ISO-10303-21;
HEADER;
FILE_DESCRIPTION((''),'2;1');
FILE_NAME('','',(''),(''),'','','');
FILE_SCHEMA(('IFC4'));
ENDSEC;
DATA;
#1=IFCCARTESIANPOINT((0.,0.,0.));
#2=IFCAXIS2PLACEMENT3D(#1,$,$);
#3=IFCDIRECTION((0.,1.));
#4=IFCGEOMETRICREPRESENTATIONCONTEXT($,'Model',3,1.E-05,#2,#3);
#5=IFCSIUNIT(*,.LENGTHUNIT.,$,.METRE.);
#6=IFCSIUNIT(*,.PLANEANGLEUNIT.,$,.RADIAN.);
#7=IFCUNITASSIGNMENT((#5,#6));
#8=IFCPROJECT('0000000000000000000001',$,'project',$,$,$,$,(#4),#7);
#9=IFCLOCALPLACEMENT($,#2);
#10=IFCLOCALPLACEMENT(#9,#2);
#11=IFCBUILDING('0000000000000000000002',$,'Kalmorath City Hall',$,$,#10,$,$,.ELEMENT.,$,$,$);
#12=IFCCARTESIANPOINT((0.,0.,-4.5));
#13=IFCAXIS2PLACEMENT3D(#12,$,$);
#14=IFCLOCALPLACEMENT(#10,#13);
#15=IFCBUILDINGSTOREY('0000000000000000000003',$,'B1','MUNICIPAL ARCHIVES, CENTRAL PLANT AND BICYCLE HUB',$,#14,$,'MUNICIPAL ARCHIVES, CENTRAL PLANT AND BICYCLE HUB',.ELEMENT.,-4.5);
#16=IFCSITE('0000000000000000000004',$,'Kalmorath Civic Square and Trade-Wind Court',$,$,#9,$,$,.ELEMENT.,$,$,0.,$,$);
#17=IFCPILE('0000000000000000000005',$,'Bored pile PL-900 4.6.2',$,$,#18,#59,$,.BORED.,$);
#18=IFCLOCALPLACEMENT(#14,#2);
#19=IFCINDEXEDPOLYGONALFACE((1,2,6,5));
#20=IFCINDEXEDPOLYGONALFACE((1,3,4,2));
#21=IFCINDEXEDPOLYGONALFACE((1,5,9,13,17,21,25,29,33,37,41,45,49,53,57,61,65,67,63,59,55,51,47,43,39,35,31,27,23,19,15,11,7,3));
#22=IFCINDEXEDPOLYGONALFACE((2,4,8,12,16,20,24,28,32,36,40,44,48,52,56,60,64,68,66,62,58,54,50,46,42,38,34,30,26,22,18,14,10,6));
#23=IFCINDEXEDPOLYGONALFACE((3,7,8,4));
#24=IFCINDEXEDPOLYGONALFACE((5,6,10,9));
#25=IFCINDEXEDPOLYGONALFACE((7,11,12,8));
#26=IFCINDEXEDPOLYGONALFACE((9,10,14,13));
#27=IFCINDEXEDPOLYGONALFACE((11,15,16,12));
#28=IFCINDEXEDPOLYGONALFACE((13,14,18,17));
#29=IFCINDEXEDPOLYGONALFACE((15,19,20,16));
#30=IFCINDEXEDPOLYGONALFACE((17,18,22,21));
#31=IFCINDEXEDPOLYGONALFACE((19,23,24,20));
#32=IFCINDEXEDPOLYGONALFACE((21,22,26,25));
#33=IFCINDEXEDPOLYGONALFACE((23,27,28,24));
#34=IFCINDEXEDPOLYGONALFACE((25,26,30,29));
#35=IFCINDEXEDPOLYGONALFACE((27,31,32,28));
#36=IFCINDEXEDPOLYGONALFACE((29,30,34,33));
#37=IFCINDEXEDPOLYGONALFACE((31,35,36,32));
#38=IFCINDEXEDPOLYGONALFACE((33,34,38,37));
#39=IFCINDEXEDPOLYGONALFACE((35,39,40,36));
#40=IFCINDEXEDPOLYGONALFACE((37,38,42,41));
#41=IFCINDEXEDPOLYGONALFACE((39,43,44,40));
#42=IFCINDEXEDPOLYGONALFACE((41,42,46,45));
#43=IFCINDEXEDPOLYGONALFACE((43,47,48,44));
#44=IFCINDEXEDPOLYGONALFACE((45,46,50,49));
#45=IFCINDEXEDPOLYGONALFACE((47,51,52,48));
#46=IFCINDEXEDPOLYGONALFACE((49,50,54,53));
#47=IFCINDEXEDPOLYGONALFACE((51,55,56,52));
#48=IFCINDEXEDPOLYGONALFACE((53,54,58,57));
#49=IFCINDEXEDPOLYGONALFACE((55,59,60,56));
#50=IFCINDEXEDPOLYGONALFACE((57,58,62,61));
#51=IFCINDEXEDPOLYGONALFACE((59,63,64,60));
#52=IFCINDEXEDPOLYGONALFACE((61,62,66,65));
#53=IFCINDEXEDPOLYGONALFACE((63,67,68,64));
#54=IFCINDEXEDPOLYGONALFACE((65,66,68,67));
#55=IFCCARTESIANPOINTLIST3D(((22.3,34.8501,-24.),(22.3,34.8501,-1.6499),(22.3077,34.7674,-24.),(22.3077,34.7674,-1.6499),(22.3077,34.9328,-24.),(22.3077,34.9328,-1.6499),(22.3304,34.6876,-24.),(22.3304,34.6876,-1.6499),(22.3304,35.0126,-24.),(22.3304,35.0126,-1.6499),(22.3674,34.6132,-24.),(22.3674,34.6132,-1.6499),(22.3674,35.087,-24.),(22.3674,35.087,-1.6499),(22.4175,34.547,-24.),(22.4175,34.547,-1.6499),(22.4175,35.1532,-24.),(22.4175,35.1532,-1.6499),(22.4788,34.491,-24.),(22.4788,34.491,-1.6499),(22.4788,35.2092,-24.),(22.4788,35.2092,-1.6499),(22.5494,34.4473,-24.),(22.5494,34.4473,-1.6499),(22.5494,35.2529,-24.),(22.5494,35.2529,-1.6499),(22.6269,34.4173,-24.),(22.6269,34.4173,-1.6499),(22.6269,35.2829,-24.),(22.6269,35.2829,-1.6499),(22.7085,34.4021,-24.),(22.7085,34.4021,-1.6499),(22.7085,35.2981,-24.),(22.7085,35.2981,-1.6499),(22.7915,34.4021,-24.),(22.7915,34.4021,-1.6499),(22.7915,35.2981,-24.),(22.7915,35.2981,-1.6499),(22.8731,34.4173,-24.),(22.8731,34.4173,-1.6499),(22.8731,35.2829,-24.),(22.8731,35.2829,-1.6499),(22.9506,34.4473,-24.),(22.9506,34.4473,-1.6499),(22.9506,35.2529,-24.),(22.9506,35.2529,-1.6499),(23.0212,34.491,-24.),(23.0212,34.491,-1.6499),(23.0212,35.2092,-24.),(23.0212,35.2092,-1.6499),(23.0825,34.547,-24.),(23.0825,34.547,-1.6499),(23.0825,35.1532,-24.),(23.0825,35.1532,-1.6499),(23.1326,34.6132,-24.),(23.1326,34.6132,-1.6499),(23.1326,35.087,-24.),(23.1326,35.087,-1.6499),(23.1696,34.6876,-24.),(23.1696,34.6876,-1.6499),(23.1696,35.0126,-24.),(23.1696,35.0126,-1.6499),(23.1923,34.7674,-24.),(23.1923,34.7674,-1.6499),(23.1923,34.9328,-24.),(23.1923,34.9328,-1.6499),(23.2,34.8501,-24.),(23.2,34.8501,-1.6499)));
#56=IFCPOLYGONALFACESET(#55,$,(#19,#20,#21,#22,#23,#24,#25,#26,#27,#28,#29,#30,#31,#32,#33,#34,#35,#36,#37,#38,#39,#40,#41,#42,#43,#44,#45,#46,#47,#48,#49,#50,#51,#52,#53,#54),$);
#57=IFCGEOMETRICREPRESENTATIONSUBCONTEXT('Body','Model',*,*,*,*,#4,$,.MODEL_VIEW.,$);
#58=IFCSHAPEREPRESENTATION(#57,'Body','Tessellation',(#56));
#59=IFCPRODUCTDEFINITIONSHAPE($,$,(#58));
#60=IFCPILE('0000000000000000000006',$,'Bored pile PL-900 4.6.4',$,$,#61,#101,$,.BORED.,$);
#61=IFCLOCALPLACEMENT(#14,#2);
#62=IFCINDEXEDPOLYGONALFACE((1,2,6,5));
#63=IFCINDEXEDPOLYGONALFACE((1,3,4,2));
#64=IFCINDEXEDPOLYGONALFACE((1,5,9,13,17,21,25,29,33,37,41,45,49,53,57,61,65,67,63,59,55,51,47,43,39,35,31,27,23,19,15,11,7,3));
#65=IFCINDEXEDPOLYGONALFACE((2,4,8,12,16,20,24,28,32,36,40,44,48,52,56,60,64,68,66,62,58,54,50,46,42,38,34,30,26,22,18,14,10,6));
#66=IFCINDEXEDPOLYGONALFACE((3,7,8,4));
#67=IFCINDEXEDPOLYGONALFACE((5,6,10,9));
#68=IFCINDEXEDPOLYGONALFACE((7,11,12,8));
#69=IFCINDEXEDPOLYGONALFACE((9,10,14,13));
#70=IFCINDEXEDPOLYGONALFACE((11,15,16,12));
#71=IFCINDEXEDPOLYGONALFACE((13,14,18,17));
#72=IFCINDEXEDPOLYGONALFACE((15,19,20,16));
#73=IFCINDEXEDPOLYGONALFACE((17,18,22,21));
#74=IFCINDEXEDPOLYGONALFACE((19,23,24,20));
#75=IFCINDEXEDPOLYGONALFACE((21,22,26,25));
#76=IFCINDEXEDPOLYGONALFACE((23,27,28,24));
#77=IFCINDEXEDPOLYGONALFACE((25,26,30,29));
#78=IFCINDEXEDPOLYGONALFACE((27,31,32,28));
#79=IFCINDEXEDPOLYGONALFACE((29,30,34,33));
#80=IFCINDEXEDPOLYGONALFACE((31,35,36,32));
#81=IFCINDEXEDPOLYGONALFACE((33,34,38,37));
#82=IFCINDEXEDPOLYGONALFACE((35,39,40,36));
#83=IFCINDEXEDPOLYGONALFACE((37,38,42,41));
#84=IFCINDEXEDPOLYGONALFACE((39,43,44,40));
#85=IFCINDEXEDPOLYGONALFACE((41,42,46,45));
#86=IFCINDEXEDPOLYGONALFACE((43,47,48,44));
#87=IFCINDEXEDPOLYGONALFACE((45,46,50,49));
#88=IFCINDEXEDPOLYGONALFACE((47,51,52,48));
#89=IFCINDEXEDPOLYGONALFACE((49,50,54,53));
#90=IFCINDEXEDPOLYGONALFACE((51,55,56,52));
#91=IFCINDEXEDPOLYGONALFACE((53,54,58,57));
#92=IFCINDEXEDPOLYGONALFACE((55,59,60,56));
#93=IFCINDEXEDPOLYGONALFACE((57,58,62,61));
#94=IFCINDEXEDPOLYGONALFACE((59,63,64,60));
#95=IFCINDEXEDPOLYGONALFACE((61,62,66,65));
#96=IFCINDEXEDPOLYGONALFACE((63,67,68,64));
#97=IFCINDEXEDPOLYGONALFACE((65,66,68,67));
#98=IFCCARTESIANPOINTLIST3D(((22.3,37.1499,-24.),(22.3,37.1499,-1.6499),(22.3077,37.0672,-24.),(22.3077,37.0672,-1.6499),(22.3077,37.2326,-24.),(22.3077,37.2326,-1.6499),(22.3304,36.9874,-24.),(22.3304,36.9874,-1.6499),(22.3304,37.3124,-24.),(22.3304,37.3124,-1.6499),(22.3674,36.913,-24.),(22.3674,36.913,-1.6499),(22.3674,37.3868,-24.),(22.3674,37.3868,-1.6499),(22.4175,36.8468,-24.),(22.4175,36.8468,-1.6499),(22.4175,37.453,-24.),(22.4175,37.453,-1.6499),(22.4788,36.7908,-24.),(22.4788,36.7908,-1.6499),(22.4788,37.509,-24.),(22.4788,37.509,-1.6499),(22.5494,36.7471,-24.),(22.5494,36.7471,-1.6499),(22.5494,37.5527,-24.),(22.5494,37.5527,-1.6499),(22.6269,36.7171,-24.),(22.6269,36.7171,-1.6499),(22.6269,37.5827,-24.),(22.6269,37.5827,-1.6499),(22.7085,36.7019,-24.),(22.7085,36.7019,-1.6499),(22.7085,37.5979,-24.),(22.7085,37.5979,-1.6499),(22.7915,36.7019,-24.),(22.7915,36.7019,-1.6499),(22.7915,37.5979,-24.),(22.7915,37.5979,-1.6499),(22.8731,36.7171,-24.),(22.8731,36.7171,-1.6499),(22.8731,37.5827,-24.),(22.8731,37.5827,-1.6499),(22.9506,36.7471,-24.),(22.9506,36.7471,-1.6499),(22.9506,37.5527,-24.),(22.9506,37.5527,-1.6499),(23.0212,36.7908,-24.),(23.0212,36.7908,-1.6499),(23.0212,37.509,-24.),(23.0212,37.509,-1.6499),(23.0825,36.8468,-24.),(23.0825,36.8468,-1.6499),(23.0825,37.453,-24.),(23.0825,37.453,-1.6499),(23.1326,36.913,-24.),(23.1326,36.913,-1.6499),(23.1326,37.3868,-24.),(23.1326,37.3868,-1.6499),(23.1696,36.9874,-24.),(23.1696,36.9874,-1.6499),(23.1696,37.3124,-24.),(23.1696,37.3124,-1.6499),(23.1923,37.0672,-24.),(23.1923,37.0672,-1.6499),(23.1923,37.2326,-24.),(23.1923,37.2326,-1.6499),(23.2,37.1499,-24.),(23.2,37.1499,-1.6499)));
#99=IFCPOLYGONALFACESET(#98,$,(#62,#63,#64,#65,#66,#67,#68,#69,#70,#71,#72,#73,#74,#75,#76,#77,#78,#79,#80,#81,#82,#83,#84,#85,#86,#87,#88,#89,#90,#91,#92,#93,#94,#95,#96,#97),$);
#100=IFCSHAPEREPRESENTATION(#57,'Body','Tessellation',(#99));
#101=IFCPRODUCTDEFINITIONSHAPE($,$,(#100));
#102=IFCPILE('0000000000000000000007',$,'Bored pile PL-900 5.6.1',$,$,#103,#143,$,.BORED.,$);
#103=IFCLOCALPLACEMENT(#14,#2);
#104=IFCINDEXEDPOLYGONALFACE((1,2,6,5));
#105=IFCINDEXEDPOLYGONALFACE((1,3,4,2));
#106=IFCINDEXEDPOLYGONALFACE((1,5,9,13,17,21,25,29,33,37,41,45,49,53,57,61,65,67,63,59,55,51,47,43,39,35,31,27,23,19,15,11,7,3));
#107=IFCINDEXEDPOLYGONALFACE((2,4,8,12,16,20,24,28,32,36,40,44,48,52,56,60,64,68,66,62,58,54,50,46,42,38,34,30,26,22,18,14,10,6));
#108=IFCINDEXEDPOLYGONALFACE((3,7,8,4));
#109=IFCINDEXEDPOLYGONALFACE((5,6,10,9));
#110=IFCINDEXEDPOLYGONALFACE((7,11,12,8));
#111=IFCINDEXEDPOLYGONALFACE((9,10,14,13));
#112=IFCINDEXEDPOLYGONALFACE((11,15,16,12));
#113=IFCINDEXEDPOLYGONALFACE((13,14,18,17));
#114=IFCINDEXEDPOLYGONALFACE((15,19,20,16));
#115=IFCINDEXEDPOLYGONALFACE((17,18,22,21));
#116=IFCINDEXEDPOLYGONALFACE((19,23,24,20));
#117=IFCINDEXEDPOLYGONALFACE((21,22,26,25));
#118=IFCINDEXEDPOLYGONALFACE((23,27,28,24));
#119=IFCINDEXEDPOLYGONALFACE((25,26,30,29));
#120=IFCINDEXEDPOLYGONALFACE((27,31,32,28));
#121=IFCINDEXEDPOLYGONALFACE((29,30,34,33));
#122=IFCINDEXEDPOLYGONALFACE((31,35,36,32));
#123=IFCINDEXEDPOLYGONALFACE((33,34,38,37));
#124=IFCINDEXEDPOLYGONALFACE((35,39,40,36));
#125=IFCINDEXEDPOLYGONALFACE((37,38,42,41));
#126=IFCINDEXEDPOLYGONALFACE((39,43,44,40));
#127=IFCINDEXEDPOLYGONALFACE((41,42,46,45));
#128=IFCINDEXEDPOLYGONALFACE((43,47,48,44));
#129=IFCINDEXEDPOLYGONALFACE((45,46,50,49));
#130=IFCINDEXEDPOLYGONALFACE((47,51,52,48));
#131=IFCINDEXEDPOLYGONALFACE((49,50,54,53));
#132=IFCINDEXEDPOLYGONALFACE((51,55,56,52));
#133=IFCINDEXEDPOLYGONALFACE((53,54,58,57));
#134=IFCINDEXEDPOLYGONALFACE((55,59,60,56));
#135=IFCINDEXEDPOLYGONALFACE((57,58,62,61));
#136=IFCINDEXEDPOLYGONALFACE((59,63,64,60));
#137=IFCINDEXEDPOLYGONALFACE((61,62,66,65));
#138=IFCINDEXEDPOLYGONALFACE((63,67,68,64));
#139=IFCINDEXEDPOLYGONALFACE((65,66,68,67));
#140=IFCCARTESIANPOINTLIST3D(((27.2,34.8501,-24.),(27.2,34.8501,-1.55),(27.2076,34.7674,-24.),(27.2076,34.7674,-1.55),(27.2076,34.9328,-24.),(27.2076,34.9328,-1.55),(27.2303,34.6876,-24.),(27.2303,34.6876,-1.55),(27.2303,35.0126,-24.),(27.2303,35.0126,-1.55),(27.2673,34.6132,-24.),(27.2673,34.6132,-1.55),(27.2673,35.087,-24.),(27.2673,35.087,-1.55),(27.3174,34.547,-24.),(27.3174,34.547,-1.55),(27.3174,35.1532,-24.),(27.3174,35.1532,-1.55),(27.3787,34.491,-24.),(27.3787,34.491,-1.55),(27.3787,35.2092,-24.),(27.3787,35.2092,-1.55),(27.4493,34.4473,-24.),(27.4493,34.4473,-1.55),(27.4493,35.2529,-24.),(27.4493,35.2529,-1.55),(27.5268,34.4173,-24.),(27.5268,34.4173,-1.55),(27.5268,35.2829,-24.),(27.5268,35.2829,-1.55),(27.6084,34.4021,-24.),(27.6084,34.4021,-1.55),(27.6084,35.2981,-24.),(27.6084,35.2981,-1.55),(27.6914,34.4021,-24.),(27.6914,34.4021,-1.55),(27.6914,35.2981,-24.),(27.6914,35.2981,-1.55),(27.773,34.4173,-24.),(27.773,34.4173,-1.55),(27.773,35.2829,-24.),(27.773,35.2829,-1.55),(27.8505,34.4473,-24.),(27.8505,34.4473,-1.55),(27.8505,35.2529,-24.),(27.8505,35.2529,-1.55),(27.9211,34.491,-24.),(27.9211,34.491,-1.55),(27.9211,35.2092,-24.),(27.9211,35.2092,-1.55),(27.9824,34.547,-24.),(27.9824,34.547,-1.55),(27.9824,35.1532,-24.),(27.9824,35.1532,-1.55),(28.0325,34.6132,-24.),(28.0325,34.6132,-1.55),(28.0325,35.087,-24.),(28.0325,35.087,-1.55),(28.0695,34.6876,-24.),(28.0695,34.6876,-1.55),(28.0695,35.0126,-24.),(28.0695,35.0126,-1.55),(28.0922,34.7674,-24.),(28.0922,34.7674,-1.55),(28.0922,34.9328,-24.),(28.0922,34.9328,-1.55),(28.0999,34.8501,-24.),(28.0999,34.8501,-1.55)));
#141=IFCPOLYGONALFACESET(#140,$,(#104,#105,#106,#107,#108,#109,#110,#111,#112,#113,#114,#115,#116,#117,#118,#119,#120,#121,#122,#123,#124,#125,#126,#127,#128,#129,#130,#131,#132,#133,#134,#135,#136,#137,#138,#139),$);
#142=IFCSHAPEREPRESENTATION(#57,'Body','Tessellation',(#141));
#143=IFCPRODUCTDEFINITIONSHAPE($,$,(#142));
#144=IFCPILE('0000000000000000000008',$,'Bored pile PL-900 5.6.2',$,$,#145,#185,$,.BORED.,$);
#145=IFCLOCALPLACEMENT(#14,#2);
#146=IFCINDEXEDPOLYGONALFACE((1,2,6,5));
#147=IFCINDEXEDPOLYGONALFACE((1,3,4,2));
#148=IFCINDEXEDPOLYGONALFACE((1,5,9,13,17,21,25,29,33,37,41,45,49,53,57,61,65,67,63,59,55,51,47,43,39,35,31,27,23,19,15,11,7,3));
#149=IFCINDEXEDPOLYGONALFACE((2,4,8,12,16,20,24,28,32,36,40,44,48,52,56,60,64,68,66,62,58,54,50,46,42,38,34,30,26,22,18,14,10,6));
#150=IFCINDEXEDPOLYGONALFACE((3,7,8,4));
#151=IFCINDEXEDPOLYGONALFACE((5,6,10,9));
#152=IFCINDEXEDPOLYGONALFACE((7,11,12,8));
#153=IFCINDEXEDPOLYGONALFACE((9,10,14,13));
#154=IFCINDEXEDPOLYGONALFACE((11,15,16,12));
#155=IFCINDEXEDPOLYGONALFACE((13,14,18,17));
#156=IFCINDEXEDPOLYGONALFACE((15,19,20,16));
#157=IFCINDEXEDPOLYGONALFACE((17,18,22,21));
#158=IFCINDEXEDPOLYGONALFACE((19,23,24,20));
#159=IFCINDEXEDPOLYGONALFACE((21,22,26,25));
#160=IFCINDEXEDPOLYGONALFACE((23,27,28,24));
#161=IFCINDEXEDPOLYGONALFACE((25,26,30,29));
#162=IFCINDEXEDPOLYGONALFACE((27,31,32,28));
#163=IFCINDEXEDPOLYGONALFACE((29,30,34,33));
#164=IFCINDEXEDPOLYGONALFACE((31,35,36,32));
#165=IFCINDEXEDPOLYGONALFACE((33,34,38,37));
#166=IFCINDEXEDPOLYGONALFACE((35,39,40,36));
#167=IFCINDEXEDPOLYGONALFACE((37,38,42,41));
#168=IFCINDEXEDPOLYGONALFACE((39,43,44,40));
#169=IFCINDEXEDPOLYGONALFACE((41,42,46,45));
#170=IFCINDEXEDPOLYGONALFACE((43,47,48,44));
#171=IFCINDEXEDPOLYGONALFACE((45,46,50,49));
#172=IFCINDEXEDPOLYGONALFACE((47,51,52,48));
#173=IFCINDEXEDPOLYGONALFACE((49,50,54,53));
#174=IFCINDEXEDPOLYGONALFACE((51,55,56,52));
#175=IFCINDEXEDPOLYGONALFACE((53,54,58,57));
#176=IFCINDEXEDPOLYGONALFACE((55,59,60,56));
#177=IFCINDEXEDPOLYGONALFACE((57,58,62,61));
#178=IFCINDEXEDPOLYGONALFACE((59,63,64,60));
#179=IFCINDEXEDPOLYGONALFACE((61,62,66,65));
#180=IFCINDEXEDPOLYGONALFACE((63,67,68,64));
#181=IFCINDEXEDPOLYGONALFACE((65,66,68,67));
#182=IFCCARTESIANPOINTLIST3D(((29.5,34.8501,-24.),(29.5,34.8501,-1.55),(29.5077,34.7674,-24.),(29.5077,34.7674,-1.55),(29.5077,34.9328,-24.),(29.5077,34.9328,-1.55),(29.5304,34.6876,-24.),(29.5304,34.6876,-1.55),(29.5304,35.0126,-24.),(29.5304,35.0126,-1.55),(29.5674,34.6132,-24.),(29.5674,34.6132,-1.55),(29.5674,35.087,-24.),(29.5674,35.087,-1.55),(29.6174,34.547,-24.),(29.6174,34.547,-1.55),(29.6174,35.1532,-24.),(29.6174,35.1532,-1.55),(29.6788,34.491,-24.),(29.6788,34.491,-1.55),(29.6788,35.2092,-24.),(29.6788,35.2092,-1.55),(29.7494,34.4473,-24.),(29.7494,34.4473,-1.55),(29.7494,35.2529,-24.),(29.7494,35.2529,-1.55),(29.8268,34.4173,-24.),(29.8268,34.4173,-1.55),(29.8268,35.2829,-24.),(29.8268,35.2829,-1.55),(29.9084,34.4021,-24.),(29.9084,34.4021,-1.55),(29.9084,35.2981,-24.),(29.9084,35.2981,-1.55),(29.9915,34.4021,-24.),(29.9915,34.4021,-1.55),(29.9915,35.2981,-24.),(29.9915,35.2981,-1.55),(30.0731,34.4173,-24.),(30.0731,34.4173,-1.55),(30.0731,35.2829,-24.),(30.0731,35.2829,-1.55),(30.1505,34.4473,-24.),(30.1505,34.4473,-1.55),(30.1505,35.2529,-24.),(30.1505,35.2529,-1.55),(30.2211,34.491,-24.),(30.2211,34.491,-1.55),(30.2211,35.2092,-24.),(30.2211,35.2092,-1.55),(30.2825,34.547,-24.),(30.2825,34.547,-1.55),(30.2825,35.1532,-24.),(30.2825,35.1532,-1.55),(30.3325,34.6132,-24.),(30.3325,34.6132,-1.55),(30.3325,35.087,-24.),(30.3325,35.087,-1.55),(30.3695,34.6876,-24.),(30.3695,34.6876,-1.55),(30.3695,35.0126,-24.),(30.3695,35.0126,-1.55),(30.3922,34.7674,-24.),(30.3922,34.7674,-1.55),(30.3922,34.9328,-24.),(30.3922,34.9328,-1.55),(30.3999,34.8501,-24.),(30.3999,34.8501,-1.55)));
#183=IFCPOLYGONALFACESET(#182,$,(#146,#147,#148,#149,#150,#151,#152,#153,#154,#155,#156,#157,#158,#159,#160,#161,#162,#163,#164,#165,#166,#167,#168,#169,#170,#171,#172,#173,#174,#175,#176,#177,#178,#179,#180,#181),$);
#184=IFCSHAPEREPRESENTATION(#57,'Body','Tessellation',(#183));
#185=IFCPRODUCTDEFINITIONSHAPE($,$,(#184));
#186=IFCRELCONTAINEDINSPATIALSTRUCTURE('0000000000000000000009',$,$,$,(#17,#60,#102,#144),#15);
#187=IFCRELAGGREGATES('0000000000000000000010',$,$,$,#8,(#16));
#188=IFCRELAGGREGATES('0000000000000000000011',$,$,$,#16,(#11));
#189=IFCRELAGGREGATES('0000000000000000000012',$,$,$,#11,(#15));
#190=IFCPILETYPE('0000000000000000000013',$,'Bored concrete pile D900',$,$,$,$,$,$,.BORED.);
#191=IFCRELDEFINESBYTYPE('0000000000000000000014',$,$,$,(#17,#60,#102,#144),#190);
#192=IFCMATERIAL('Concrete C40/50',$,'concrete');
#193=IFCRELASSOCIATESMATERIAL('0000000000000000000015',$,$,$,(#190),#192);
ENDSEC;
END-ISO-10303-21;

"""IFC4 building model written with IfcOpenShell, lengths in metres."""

from ifc_helpers import new_model, si_unit, direction, frame, origin, origin_2d, place, context, subcontext, project, spatial, circle, extrude, material, material_profile, profile_set, type_object, element, save


model = new_model("IFC4")

# Units and contexts
model_context = context("Model", 3, precision=1e-05, world=origin(), true_north=direction((0.0, 1.0)))
body_context = subcontext(model_context, "Body", "Model", "MODEL_VIEW")
ifc_project = project(units=[si_unit("LENGTHUNIT", "METRE"), si_unit("PLANEANGLEUNIT", "RADIAN")], contexts=[model_context])

# Site, building, storey
site_placement = place(None, origin())
site = spatial("IfcSite", under=ifc_project, at=site_placement, Name="Kalmorath Civic Square and Trade-Wind Court", CompositionType="ELEMENT", RefElevation=0.0)
building_placement = place(site_placement, origin())
building = spatial("IfcBuilding", under=site, at=building_placement, Name="Kalmorath City Hall", CompositionType="ELEMENT")
storey_placement = place(building_placement, frame((0.0, 0.0, -4.5)))
storey = spatial("IfcBuildingStorey", under=building, at=storey_placement, Name="B1", Description="MUNICIPAL ARCHIVES, CENTRAL PLANT AND BICYCLE HUB", LongName="MUNICIPAL ARCHIVES, CENTRAL PLANT AND BICYCLE HUB", CompositionType="ELEMENT", Elevation=-4.5)

# Piles
ifc_material_1 = material(Name="Concrete C40/50", Category="concrete")
ifc_material_profile_1 = material_profile(ifc_material_1, circle(Radius=0.45, at=origin_2d()), Name="PILE-D900")
ifc_profile_set_1 = profile_set([ifc_material_profile_1], Name="Concrete C40/50")
pile_type_1 = type_object("IfcPileType", Name="Bored concrete pile D900", PredefinedType="BORED", material=ifc_profile_set_1)
for number, where, z_axis, x_axis, name in (
    (1, (22.75, 34.8501, -1.6499), (0.0, 0.0, -1.0), (1.0, 0.0, 0.0), "Bored pile PL-900 4.6.2"),
    (2, (22.75, 37.1499, -1.6499), (0.0, 0.0, -1.0), (1.0, 0.0, 0.0), "Bored pile PL-900 4.6.4"),
):
    element("IfcPile", number, at=place(storey_placement, frame(where, z_axis=z_axis, x_axis=x_axis)), inside=storey, type_object=pile_type_1, Name=name, PredefinedType="BORED", context=body_context, shape_type="SweptSolid", body=[
        extrude(circle(Radius=0.45, at=origin_2d()), origin(), (0.0, 0.0, 1.0), 22.3501),
    ])
for number, where, z_axis, x_axis, name in (
    (3, (27.6499, 34.8501, -1.55), (0.0, 0.0, -1.0), (1.0, 0.0, 0.0), "Bored pile PL-900 5.6.1"),
    (4, (29.95, 34.8501, -1.55), (0.0, 0.0, -1.0), (1.0, 0.0, 0.0), "Bored pile PL-900 5.6.2"),
):
    element("IfcPile", number, at=place(storey_placement, frame(where, z_axis=z_axis, x_axis=x_axis)), inside=storey, type_object=pile_type_1, Name=name, PredefinedType="BORED", context=body_context, shape_type="SweptSolid", body=[
        extrude(circle(Radius=0.45, at=origin_2d()), origin(), (0.0, 0.0, 1.0), 22.45),
    ])

save(model, "model.ifc")
